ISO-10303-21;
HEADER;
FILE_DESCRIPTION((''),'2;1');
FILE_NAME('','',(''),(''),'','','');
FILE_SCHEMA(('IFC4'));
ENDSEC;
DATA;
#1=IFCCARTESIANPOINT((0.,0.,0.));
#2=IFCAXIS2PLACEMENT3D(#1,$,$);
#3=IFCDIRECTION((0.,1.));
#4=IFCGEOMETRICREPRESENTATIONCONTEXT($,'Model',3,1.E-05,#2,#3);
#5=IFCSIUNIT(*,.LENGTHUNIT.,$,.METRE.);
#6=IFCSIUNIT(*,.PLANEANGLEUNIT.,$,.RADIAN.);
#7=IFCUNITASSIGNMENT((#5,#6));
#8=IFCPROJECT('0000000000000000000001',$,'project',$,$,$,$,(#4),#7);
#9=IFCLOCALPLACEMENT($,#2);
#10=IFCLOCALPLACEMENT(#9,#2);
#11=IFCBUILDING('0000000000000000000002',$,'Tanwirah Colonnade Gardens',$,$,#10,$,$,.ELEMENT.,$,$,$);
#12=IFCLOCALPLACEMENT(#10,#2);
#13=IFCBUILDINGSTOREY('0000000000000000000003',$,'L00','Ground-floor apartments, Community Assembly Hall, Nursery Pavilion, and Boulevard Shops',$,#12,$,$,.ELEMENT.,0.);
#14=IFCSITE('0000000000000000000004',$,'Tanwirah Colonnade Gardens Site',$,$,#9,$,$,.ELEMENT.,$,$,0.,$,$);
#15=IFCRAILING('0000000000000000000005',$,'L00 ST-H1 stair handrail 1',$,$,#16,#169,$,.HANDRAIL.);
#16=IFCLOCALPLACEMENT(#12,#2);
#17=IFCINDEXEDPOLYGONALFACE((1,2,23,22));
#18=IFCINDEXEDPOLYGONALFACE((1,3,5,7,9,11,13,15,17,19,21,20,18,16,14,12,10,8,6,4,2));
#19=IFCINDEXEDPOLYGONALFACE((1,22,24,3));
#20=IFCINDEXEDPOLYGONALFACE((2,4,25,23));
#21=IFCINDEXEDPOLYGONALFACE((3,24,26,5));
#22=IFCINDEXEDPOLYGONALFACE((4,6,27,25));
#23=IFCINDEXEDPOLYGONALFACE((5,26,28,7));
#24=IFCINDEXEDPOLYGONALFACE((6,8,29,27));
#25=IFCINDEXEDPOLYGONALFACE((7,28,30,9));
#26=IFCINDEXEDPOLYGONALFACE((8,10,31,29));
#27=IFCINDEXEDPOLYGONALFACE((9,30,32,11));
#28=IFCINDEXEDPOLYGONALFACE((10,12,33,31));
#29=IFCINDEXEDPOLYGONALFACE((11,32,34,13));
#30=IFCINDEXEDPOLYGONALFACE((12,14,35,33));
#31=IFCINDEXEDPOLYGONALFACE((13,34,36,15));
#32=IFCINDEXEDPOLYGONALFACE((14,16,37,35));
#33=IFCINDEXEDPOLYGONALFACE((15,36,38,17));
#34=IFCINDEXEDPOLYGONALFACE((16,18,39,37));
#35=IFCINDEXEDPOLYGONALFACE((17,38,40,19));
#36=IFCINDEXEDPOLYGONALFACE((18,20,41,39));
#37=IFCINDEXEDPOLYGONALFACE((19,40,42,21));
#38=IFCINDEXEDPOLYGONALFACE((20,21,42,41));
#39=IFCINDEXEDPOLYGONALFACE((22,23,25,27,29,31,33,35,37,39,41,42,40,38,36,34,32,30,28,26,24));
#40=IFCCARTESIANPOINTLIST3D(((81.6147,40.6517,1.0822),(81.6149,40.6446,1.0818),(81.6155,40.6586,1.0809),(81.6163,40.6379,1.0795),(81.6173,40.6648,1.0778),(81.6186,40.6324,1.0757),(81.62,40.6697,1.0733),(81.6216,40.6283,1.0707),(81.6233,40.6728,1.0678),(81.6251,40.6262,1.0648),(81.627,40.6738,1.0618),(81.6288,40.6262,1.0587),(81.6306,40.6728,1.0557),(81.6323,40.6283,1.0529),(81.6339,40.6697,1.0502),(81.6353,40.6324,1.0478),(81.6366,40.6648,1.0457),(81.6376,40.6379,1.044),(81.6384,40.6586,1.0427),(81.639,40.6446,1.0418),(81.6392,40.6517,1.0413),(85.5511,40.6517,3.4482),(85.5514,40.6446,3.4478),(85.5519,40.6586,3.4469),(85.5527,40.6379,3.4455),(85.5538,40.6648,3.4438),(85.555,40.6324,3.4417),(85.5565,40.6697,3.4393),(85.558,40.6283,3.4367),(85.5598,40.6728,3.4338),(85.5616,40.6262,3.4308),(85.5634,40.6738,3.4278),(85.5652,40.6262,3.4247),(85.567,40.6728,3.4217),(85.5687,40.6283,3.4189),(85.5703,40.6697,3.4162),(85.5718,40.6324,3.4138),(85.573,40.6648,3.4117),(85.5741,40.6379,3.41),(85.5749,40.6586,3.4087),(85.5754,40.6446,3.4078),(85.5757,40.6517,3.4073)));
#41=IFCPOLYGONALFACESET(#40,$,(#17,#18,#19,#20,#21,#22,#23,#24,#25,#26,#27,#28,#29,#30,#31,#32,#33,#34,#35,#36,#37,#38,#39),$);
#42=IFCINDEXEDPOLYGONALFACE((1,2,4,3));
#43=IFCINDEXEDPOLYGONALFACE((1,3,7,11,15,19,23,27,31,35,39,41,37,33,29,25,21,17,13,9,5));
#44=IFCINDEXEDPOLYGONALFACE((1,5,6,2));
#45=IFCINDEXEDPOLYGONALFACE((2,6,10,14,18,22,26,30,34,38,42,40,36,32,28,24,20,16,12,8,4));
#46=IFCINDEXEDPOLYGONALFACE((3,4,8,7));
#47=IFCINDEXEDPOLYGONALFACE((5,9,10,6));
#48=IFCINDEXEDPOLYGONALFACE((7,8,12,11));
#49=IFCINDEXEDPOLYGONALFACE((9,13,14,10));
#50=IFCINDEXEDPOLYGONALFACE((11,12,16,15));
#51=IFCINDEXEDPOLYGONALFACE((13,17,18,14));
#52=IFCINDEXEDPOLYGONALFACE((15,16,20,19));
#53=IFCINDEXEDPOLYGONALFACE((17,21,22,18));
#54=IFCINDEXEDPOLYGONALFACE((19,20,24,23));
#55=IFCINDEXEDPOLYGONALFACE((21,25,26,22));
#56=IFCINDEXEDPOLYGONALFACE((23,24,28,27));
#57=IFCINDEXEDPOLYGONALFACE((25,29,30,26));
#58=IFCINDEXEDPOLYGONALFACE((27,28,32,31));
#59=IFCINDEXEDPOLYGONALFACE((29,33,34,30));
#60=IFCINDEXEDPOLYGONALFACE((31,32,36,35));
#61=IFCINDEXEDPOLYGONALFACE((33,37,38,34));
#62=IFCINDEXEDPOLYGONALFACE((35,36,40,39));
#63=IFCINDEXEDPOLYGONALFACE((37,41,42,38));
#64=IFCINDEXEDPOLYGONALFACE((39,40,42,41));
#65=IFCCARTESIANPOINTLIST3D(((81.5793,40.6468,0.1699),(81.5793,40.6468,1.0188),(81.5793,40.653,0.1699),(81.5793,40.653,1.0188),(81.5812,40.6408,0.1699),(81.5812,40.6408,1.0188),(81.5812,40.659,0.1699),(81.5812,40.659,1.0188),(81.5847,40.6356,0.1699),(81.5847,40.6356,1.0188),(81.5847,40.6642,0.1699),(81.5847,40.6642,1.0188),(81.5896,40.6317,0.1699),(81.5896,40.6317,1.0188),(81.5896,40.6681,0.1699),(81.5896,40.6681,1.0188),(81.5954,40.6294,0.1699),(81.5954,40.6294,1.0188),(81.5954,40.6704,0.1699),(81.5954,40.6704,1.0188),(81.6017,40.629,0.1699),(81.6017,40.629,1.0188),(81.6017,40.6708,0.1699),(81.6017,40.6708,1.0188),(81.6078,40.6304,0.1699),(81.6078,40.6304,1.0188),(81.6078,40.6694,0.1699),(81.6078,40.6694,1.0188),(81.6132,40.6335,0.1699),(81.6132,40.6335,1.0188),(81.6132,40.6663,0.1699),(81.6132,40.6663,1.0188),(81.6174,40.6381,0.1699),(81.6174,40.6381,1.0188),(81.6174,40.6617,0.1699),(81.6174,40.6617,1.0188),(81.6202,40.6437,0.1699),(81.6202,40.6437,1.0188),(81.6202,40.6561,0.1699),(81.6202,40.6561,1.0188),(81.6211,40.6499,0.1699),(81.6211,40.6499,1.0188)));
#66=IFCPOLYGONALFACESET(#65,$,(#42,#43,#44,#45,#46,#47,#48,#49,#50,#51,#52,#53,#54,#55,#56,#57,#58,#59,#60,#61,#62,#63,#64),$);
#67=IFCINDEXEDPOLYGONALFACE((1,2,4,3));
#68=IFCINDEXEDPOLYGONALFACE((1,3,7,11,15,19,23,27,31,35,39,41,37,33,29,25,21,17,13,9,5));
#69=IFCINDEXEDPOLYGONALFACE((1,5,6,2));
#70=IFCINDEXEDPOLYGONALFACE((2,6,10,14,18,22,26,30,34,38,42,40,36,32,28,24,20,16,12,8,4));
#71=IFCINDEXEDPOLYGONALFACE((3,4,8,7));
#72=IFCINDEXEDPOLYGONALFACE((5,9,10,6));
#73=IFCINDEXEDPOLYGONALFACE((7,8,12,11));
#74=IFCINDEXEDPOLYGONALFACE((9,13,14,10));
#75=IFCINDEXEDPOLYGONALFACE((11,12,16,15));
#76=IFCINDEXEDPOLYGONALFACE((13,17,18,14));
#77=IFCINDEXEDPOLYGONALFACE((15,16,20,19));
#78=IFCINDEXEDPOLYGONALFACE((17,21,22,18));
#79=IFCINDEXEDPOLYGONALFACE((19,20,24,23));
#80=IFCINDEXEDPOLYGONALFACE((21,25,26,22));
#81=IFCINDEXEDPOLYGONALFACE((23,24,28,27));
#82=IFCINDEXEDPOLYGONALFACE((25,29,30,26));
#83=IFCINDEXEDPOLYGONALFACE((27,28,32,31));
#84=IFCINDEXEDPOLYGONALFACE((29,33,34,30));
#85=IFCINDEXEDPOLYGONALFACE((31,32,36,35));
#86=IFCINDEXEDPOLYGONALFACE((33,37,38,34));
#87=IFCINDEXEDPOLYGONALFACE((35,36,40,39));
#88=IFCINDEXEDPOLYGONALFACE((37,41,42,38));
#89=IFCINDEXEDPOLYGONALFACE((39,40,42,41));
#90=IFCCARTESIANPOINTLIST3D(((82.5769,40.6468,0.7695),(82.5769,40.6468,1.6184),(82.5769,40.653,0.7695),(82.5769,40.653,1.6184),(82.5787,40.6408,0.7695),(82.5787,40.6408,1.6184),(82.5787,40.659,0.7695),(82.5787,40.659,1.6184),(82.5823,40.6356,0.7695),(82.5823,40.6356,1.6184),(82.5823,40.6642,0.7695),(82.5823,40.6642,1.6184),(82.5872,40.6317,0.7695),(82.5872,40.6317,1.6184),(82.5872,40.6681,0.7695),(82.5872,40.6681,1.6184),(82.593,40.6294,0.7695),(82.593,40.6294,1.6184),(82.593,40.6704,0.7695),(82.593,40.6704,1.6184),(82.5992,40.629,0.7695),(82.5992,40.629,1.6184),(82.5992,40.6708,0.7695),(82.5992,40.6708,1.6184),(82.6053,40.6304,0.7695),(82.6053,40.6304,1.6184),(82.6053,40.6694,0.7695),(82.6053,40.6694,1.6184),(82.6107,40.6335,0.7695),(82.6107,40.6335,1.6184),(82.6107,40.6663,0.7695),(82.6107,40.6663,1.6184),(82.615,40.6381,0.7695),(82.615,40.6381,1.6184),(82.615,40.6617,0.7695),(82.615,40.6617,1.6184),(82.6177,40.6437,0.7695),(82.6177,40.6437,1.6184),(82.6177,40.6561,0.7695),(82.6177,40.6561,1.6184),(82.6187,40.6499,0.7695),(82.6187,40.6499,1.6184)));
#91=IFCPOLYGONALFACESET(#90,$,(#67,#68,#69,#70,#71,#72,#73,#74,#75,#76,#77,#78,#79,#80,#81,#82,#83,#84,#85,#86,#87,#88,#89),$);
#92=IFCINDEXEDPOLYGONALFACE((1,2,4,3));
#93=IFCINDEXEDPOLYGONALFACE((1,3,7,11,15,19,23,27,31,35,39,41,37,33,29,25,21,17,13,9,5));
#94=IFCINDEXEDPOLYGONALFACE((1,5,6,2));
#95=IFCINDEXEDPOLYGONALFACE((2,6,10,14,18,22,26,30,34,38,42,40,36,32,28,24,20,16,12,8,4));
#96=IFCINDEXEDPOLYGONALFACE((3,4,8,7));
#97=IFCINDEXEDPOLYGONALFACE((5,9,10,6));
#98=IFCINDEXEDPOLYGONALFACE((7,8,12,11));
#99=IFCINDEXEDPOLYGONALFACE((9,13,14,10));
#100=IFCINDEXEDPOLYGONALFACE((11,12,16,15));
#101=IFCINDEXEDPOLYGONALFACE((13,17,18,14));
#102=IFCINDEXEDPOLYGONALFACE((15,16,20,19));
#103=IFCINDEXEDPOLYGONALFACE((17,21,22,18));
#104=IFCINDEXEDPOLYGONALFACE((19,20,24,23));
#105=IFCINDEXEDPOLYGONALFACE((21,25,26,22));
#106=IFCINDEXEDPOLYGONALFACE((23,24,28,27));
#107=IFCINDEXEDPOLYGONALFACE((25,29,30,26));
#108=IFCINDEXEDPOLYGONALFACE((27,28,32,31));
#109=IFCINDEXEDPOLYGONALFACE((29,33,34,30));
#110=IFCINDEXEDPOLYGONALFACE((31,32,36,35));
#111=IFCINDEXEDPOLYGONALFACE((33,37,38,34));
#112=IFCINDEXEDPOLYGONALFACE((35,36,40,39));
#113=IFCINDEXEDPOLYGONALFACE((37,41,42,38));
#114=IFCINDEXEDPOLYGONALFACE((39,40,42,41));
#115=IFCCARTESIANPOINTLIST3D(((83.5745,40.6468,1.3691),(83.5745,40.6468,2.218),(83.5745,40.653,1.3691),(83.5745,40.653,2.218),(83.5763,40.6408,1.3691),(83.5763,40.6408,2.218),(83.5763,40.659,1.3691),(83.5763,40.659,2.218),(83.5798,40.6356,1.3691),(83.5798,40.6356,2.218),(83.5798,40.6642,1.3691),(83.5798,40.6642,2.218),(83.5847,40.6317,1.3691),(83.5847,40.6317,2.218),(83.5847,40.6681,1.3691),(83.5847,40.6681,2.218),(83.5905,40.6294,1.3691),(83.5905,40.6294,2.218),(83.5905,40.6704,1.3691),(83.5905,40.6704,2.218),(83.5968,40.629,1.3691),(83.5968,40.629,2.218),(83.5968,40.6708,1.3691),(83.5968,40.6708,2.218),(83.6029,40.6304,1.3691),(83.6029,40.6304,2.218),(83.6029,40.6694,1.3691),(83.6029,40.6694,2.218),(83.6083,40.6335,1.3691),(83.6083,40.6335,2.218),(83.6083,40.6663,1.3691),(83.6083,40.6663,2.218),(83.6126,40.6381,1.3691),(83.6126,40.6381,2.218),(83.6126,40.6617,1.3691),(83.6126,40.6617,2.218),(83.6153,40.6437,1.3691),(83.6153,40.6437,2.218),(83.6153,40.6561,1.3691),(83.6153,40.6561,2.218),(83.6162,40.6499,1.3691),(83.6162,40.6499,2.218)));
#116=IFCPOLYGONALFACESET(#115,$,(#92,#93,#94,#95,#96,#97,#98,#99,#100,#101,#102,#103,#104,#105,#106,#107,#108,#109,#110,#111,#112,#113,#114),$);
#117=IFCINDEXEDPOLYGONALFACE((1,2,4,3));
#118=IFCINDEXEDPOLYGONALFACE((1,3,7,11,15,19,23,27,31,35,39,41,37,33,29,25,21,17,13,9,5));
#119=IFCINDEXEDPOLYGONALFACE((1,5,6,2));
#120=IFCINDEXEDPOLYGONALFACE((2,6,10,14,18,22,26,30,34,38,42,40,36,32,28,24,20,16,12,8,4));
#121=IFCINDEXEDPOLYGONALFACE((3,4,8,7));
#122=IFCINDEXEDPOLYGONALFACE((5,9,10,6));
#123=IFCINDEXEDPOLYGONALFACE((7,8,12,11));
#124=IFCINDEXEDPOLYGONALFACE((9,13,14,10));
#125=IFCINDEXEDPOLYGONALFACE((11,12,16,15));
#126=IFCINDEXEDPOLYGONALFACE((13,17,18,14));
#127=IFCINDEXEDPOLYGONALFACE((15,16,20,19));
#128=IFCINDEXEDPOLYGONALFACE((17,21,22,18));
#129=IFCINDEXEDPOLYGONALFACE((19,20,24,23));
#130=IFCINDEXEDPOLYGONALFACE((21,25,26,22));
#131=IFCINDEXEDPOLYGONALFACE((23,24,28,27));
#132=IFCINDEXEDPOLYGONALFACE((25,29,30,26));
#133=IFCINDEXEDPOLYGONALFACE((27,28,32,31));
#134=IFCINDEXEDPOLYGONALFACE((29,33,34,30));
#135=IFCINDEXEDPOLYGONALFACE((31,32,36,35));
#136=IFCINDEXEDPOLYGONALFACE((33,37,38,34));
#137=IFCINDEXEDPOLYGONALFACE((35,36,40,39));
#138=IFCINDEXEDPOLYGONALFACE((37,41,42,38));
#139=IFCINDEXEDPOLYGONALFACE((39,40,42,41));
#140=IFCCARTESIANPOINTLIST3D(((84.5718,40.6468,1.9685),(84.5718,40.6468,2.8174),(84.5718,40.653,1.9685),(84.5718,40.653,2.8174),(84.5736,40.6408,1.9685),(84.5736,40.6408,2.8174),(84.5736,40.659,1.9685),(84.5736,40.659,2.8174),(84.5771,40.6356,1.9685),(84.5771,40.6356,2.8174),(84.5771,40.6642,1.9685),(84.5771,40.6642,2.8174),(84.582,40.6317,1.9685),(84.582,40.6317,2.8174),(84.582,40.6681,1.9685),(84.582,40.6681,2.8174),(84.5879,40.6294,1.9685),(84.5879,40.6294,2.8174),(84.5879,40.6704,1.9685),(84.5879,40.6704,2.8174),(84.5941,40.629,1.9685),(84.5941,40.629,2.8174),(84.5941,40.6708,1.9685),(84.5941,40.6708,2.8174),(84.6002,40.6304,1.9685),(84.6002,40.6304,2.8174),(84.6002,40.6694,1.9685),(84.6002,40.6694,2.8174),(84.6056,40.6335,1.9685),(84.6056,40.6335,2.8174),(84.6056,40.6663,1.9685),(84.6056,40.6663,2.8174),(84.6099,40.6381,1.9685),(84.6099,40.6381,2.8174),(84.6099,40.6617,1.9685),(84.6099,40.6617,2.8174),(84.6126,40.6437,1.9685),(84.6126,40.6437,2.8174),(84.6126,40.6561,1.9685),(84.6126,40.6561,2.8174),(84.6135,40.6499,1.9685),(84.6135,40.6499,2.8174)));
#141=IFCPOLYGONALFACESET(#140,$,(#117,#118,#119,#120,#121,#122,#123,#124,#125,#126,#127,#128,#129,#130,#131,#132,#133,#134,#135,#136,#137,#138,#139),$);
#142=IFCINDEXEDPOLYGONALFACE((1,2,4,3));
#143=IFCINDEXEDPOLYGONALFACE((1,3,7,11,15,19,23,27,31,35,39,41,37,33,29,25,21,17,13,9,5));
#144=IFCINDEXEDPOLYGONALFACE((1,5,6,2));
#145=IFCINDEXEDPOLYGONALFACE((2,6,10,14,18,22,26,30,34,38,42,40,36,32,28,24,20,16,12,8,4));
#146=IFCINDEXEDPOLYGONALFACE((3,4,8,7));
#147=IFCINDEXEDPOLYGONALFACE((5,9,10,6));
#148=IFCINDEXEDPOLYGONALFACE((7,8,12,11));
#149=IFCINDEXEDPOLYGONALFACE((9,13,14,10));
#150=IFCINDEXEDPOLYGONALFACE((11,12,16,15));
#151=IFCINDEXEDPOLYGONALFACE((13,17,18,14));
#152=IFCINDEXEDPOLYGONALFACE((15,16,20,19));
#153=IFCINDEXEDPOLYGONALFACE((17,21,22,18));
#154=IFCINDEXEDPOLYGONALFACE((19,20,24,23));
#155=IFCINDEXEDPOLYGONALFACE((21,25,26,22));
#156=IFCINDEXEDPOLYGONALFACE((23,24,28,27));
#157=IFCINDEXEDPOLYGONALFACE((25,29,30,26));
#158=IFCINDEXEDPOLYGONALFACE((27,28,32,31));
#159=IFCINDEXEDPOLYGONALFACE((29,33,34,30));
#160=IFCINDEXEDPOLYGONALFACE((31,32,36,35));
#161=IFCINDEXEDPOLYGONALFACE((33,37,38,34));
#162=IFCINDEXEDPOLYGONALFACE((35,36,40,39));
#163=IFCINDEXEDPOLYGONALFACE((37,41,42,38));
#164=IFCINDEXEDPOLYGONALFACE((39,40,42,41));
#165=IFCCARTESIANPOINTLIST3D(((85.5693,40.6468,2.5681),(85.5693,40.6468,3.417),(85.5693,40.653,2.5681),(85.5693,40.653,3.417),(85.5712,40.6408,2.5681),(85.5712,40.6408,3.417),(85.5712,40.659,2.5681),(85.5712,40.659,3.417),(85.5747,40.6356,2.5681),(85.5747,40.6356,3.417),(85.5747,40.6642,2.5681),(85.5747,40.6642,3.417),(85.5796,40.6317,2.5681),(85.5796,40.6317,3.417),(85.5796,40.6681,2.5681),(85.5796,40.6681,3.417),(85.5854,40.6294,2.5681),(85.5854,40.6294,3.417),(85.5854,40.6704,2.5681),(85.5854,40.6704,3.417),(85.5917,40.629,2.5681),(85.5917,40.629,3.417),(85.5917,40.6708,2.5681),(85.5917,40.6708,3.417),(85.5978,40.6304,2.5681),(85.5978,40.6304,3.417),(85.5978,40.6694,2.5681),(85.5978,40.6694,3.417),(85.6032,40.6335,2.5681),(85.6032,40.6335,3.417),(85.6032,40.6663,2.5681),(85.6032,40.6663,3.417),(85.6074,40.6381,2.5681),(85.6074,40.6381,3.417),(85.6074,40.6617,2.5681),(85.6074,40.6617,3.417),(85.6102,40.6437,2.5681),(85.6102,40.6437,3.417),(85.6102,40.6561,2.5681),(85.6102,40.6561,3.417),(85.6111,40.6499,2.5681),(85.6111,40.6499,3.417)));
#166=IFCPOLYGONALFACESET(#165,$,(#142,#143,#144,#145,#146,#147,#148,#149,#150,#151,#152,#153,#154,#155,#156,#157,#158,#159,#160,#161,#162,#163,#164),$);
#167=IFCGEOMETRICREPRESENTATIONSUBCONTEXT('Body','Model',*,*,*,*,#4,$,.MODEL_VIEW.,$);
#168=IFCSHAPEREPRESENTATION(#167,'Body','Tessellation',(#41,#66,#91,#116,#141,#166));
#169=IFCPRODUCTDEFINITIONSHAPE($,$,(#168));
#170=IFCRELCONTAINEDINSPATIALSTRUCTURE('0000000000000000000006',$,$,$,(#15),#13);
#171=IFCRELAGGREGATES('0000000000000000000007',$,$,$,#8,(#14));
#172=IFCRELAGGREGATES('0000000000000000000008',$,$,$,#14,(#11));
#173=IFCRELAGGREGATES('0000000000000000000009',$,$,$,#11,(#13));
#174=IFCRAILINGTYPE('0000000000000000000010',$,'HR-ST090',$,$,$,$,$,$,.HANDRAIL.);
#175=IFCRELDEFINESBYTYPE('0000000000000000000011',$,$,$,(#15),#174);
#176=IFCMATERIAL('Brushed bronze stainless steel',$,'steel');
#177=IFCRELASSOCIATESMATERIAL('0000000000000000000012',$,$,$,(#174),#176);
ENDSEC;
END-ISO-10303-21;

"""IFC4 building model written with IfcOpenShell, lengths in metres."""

from ifc_helpers import new_model, si_unit, direction, frame, origin, origin_2d, place, context, subcontext, project, spatial, circle, extrude, material, type_object, element, save


model = new_model("IFC4")

# Units and contexts
model_context = context("Model", 3, precision=1e-05, world=origin(), true_north=direction((0.0, 1.0)))
body_context = subcontext(model_context, "Body", "Model", "MODEL_VIEW")
ifc_project = project(units=[si_unit("LENGTHUNIT", "METRE"), si_unit("PLANEANGLEUNIT", "RADIAN")], contexts=[model_context])

# Site, building, storey
site_placement = place(None, origin())
site = spatial("IfcSite", under=ifc_project, at=site_placement, Name="Tanwirah Colonnade Gardens Site", CompositionType="ELEMENT", RefElevation=0.0)
building_placement = place(site_placement, origin())
building = spatial("IfcBuilding", under=site, at=building_placement, Name="Tanwirah Colonnade Gardens", CompositionType="ELEMENT")
storey_placement = place(building_placement, origin())
storey = spatial("IfcBuildingStorey", under=building, at=storey_placement, Name="L00", Description="Ground-floor apartments, Community Assembly Hall, Nursery Pavilion, and Boulevard Shops", CompositionType="ELEMENT", Elevation=0.0)

# Railing
ifc_material_1 = material(Name="Brushed bronze stainless steel", Category="steel")
railing_type_1 = type_object("IfcRailingType", Name="HR-ST090", PredefinedType="HANDRAIL", material=ifc_material_1)
railing_1_placement = place(storey_placement, frame((81.6001, 40.6499, 0.1699)))
element("IfcRailing", 1, at=railing_1_placement, inside=storey, type_object=railing_type_1, Name="L00 ST-H1 stair handrail 1", PredefinedType="HANDRAIL", context=body_context, shape_type="SweptSolid", body=[
    extrude(circle(Radius=0.0239, at=origin_2d()), frame((0.0269, 0.0, 0.8918), z_axis=(0.857095, 0.0, 0.515159), x_axis=(0.0, 1.0, 0.0)), (0.0, 0.0, 1.0), 4.5928),
    extrude(circle(Radius=0.021, at=origin_2d()), origin(), (0.0, 0.0, 1.0), 0.8489),
    extrude(circle(Radius=0.021, at=origin_2d()), frame((0.9976, 0.0, 0.5996)), (0.0, 0.0, 1.0), 0.8489),
    extrude(circle(Radius=0.021, at=origin_2d()), frame((1.9951, 0.0, 1.1992)), (0.0, 0.0, 1.0), 0.8489),
    extrude(circle(Radius=0.021, at=origin_2d()), frame((2.9924, 0.0, 1.7986)), (0.0, 0.0, 1.0), 0.8489),
    extrude(circle(Radius=0.021, at=origin_2d()), frame((3.99, 0.0, 2.3982)), (0.0, 0.0, 1.0), 0.8489),
])

save(model, "model.ifc")
